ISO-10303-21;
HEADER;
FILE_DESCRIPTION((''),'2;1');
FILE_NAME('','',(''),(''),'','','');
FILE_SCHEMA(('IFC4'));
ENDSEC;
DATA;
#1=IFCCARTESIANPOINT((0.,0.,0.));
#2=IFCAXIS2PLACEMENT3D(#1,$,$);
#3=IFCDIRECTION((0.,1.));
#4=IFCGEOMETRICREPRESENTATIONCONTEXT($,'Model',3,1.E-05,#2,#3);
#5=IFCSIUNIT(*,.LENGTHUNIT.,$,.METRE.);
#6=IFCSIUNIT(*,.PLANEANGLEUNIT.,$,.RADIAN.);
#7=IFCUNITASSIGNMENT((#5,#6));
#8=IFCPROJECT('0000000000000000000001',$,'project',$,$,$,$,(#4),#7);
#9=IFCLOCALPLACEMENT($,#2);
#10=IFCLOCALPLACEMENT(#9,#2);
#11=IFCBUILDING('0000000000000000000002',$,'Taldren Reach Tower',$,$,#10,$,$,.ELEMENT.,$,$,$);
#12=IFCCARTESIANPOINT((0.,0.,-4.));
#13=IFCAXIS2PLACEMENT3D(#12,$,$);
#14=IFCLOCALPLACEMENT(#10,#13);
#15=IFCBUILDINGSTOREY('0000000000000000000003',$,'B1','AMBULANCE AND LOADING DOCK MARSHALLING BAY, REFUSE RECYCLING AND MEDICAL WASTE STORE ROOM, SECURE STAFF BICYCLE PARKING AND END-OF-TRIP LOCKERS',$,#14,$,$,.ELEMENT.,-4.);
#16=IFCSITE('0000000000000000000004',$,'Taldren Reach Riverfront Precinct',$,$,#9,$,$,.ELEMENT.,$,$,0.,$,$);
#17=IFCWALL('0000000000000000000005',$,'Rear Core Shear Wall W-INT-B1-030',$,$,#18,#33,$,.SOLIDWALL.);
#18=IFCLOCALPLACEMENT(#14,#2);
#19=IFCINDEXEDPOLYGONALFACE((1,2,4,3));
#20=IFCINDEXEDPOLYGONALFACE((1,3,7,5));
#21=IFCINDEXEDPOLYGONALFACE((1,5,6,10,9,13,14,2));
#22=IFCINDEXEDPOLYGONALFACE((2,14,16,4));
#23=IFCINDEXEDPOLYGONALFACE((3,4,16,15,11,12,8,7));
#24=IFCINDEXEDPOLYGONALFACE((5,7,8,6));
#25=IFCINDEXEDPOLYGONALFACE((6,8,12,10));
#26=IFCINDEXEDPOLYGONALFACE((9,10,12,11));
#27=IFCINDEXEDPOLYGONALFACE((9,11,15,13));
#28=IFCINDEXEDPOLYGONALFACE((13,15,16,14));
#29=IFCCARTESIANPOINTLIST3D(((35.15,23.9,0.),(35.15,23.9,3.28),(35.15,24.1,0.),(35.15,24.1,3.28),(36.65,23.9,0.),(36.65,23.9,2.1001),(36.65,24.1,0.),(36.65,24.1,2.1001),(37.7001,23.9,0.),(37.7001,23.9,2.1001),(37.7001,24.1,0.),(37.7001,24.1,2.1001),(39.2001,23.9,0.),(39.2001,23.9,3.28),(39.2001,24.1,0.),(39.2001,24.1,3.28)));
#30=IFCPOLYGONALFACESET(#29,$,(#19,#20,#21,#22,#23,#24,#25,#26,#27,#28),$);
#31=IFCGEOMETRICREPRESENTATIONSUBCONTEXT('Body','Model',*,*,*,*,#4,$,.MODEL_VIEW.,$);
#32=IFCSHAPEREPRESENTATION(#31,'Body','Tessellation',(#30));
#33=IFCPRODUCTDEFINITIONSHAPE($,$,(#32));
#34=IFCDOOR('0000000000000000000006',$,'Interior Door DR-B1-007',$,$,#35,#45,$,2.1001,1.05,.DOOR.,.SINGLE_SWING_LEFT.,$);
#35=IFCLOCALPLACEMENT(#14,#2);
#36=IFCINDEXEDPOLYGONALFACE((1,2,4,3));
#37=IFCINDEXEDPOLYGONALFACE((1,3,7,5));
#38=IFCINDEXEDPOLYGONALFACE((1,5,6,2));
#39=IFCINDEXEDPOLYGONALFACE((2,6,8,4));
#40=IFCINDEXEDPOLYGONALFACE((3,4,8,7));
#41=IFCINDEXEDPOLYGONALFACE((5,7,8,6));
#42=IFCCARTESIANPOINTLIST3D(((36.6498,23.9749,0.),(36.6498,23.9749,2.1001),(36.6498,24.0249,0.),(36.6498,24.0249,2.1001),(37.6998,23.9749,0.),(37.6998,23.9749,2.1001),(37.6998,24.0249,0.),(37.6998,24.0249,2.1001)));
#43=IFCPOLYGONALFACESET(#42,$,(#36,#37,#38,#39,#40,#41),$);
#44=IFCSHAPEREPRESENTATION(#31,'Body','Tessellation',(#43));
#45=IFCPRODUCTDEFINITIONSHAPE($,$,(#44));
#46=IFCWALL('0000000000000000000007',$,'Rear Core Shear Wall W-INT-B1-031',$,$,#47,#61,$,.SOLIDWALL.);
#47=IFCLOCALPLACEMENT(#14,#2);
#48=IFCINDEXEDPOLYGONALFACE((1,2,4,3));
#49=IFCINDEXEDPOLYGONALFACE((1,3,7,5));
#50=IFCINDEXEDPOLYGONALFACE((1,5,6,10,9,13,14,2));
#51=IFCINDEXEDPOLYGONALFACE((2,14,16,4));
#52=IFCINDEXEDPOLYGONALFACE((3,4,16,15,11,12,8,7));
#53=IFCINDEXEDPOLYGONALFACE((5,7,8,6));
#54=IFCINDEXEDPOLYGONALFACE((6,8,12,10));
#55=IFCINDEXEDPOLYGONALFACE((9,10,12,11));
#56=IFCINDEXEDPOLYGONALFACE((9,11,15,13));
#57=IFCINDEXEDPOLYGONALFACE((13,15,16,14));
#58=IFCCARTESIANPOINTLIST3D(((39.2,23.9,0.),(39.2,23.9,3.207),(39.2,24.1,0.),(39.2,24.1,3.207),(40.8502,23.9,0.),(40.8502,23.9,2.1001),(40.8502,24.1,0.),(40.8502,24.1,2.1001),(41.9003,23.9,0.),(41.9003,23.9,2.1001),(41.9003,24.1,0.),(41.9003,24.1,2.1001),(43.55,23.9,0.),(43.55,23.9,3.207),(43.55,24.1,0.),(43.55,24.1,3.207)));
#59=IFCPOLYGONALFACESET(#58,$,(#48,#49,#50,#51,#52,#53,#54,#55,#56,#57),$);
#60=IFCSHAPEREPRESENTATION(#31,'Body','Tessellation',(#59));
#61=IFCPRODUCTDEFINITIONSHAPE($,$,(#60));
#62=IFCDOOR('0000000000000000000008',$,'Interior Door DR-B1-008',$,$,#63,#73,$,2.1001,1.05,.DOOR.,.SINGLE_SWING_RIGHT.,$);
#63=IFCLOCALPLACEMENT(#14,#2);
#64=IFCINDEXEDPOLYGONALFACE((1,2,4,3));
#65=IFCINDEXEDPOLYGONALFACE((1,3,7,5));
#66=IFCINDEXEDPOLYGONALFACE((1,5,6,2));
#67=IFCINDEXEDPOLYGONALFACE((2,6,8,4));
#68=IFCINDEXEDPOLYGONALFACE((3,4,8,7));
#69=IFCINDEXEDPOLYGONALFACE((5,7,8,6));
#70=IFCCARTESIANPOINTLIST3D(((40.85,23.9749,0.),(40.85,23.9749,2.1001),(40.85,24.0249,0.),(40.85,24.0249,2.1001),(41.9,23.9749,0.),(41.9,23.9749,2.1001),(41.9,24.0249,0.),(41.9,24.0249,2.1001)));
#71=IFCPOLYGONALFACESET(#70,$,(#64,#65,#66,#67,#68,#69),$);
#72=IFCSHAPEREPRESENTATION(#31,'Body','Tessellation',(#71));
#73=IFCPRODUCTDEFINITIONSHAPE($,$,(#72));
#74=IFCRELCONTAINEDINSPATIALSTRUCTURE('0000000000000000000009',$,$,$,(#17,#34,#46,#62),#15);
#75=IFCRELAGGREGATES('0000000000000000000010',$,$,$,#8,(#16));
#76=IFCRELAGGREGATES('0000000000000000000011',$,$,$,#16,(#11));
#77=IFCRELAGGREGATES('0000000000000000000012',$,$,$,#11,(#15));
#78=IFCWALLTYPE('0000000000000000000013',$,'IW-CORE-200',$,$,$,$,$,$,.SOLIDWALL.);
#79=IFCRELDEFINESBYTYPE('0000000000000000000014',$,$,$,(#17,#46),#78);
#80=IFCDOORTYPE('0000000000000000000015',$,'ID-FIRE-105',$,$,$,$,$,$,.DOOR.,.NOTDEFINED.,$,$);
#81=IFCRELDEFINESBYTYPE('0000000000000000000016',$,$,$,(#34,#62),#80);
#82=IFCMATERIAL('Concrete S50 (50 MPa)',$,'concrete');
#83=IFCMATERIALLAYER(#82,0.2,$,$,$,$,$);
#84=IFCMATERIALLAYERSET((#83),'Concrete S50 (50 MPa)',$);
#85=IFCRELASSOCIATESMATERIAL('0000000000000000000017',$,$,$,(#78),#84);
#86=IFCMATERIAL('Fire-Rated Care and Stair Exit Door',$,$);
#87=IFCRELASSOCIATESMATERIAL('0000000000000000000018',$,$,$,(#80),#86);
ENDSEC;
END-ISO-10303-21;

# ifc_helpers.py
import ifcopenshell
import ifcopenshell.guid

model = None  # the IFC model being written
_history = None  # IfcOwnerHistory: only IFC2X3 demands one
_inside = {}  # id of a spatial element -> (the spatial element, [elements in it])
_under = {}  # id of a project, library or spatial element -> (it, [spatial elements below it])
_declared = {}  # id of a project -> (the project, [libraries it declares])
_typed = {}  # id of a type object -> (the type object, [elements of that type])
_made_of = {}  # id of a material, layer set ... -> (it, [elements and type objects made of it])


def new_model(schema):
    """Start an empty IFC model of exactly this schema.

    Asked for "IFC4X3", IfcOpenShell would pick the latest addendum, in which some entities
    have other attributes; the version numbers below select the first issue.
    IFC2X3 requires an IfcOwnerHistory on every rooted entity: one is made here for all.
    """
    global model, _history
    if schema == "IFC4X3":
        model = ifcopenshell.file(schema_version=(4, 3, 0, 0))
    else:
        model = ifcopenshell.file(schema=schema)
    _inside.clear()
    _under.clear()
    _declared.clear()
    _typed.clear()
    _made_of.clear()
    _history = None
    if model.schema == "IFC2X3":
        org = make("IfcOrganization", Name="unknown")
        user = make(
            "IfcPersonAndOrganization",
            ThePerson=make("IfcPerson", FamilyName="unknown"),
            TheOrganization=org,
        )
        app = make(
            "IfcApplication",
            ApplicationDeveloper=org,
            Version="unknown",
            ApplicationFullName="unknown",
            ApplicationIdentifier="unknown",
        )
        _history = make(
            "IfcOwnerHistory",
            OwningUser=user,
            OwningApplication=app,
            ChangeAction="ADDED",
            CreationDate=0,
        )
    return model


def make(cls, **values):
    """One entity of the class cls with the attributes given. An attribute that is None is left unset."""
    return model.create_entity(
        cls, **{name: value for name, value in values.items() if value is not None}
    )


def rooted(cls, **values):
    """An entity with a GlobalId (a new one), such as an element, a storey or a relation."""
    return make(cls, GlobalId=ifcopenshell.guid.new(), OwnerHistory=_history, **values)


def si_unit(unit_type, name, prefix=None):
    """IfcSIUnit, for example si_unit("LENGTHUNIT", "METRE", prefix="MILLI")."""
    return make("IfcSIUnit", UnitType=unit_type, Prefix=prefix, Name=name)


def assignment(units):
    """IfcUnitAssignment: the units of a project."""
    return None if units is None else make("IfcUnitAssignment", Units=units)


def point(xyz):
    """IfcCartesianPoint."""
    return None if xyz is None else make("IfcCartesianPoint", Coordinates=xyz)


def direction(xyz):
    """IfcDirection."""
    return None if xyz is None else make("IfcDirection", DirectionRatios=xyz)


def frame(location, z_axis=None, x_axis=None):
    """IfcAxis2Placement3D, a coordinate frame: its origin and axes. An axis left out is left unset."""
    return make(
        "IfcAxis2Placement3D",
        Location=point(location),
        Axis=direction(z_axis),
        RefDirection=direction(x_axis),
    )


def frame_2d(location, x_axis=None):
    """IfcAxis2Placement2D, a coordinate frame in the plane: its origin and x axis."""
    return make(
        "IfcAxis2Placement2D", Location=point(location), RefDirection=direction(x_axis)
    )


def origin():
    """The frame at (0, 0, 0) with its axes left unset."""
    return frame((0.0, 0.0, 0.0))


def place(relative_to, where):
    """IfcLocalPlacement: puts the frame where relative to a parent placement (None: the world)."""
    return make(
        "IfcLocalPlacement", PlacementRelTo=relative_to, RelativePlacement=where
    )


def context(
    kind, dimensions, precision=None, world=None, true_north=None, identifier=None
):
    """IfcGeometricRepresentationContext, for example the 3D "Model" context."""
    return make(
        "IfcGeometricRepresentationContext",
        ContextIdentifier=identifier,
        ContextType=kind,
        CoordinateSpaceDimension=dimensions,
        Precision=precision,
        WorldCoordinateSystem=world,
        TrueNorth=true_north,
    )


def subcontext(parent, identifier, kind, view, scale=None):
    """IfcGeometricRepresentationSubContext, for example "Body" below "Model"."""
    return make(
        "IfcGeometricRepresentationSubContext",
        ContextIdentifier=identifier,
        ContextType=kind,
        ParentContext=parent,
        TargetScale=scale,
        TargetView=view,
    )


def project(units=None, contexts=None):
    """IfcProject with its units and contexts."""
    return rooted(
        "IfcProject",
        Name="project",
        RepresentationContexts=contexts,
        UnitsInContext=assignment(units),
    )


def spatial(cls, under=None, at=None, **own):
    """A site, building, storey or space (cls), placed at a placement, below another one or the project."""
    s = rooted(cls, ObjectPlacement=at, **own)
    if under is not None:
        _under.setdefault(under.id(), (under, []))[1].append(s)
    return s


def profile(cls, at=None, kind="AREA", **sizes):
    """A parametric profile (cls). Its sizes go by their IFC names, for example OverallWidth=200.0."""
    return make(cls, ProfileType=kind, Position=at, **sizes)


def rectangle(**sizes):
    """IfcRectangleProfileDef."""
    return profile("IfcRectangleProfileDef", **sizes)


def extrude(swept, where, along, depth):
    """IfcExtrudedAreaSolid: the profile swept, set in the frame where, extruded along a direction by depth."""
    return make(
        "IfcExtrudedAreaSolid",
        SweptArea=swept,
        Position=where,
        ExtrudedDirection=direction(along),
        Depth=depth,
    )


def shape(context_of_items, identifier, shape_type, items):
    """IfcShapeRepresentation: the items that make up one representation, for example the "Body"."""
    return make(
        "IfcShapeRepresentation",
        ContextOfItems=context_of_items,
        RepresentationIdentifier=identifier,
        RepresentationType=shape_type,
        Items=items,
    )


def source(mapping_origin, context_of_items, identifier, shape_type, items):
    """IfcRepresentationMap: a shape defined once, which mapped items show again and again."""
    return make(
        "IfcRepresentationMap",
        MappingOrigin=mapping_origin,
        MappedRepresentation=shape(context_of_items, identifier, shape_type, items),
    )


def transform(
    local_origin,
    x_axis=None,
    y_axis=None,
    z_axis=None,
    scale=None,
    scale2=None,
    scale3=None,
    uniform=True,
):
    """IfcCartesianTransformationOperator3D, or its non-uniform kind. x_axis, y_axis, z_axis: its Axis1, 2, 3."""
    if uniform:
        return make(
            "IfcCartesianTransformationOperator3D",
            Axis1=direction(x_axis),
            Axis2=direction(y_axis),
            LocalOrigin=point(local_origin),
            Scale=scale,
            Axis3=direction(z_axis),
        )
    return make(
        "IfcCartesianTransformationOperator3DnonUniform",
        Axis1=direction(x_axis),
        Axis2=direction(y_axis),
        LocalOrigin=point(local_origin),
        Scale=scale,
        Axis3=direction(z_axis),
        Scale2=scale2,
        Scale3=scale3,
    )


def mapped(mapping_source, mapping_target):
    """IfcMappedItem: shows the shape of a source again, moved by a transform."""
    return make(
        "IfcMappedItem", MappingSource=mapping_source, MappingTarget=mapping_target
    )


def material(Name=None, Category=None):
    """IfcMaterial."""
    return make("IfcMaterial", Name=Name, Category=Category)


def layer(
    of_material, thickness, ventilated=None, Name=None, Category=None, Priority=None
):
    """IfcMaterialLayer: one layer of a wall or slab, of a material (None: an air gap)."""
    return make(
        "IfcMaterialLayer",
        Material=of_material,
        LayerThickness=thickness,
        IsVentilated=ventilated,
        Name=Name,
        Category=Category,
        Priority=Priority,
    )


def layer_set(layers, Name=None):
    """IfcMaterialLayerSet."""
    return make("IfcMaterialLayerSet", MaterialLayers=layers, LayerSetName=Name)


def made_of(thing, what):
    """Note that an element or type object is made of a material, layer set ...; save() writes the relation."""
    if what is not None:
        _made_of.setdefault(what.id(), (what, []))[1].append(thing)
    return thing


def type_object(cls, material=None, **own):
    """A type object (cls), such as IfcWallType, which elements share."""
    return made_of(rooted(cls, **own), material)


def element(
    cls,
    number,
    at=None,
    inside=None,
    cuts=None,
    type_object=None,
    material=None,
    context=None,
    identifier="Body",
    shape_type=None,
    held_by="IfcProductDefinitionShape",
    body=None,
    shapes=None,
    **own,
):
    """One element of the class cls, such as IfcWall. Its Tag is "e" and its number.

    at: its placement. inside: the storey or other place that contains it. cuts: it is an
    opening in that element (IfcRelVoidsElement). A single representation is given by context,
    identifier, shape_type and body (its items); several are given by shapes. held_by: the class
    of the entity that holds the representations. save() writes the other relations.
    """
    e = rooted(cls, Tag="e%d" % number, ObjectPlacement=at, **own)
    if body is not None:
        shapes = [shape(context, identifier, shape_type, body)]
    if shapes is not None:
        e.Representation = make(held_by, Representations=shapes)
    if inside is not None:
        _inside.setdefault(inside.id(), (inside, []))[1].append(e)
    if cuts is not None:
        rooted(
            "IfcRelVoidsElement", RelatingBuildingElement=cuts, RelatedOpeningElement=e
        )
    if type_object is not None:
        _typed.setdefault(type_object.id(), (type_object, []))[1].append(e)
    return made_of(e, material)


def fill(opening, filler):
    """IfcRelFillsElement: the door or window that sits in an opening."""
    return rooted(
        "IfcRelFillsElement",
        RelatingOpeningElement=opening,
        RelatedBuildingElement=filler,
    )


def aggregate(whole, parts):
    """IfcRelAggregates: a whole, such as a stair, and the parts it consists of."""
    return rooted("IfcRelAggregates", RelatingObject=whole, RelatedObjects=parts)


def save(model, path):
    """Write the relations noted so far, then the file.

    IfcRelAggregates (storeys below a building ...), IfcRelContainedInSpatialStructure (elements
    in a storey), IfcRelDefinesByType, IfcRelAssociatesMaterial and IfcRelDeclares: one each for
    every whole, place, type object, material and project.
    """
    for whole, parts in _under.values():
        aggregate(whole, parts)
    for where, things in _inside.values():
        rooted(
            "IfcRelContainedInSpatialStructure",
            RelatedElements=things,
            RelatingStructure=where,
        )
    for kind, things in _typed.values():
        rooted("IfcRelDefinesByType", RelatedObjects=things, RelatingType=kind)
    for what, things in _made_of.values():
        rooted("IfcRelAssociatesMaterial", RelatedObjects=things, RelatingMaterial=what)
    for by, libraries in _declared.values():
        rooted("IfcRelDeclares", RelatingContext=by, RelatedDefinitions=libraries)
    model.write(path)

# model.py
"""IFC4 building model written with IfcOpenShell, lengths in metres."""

from ifc_helpers import new_model, si_unit, direction, frame, frame_2d, origin, place, context, subcontext, project, spatial, rectangle, extrude, source, transform, mapped, material, layer, layer_set, type_object, element, fill, save


model = new_model("IFC4")

# Units and contexts
model_context = context("Model", 3, precision=1e-05, world=origin(), true_north=direction((0.0, 1.0)))
body_context = subcontext(model_context, "Body", "Model", "MODEL_VIEW")
ifc_project = project(units=[si_unit("LENGTHUNIT", "METRE"), si_unit("PLANEANGLEUNIT", "RADIAN")], contexts=[model_context])

# Site, building, storey
site_placement = place(None, origin())
site = spatial("IfcSite", under=ifc_project, at=site_placement, Name="Taldren Reach Riverfront Precinct", CompositionType="ELEMENT", RefElevation=0.0)
building_placement = place(site_placement, origin())
building = spatial("IfcBuilding", under=site, at=building_placement, Name="Taldren Reach Tower", CompositionType="ELEMENT")
storey_placement = place(building_placement, frame((0.0, 0.0, -4.0)))
storey = spatial("IfcBuildingStorey", under=building, at=storey_placement, Name="B1", Description="AMBULANCE AND LOADING DOCK MARSHALLING BAY, REFUSE RECYCLING AND MEDICAL WASTE STORE ROOM, SECURE STAFF BICYCLE PARKING AND END-OF-TRIP LOCKERS", CompositionType="ELEMENT", Elevation=-4.0)

# Shared definitions
ifc_material_1 = material(Name="Concrete S50 (50 MPa)", Category="concrete")
ifc_layer_1 = layer(ifc_material_1, 0.2)
ifc_layer_set_1 = layer_set([ifc_layer_1], Name="Concrete S50 (50 MPa)")
wall_type_1 = type_object("IfcWallType", Name="IW-CORE-200", PredefinedType="SOLIDWALL", material=ifc_layer_set_1)

# Walls, openings, doors
shared_shape_1 = source(origin(), body_context, "Body", "SweptSolid", [
    extrude(rectangle(XDim=1.05, YDim=2.1001, at=frame_2d((0.5249, 1.05))), frame((0.0, 0.1099, 0.0), z_axis=(0.0, -1.0, 0.0), x_axis=(1.0, 0.0, 0.0)), (0.0, 0.0, 1.0), 0.22),
])
ifc_material_2 = material(Name="Fire-Rated Care and Stair Exit Door")
door_type = type_object("IfcDoorType", Name="ID-FIRE-105", OperationType="NOTDEFINED", PredefinedType="DOOR", material=ifc_material_2)
shared_shape_2 = source(origin(), body_context, "Body", "SweptSolid", [
    extrude(rectangle(XDim=1.05, YDim=2.1001, at=frame_2d((0.5249, 1.05))), frame((0.0, 0.0249, 0.0), z_axis=(0.0, -1.0, 0.0), x_axis=(1.0, 0.0, 0.0)), (0.0, 0.0, 1.0), 0.05),
])
shared_shape_3 = source(origin(), body_context, "Body", "SweptSolid", [
    extrude(rectangle(XDim=4.05, YDim=0.2, at=frame_2d((2.0249, 0.0))), origin(), (0.0, 0.0, 1.0), 3.28),
])
wall_1_placement = place(storey_placement, frame((39.2, 24.0, 0.0), z_axis=(0.0, 0.0, 1.0), x_axis=(-1.0, 0.0, 0.0)))
wall_1 = element("IfcWall", 1, at=wall_1_placement, inside=storey, type_object=wall_type_1, Name="Rear Core Shear Wall W-INT-B1-030", PredefinedType="SOLIDWALL", context=body_context, shape_type="MappedRepresentation", body=[
    mapped(shared_shape_3, transform((0.0, 0.0, 0.0), scale=1.0)),
])
opening_1_placement = place(wall_1_placement, frame((1.5, 0.0, 0.0)))
opening_1 = element("IfcOpeningElement", 2, at=opening_1_placement, cuts=wall_1, PredefinedType="OPENING", context=body_context, shape_type="MappedRepresentation", body=[
    mapped(shared_shape_1, transform((0.0, 0.0, 0.0), scale=1.0)),
])
door_1_placement = place(opening_1_placement, frame((1.05, 0.0, 0.0), z_axis=(0.0, 0.0, 1.0), x_axis=(-1.0, 0.0, 0.0)))
door_1 = element("IfcDoor", 3, at=door_1_placement, inside=storey, type_object=door_type, Name="Interior Door DR-B1-007", OperationType="SINGLE_SWING_LEFT", OverallHeight=2.1001, OverallWidth=1.05, PredefinedType="DOOR", context=body_context, shape_type="MappedRepresentation", body=[
    mapped(shared_shape_2, transform((0.0, 0.0, 0.0), scale=1.0)),
])
fill(opening_1, door_1)
shared_shape_4 = source(origin(), body_context, "Body", "SweptSolid", [
    extrude(rectangle(XDim=4.3501, YDim=0.2, at=frame_2d((2.175, 0.0))), origin(), (0.0, 0.0, 1.0), 3.207),
])
wall_2_placement = place(storey_placement, frame((43.55, 24.0, 0.0), z_axis=(0.0, 0.0, 1.0), x_axis=(-1.0, 0.0, 0.0)))
wall_2 = element("IfcWall", 4, at=wall_2_placement, inside=storey, type_object=wall_type_1, Name="Rear Core Shear Wall W-INT-B1-031", PredefinedType="SOLIDWALL", context=body_context, shape_type="MappedRepresentation", body=[
    mapped(shared_shape_4, transform((0.0, 0.0, 0.0), scale=1.0)),
])
opening_2_placement = place(wall_2_placement, frame((1.6499, 0.0, 0.0)))
opening_2 = element("IfcOpeningElement", 5, at=opening_2_placement, cuts=wall_2, PredefinedType="OPENING", context=body_context, shape_type="MappedRepresentation", body=[
    mapped(shared_shape_1, transform((0.0, 0.0, 0.0), scale=1.0)),
])
door_2_placement = place(opening_2_placement, frame((1.05, 0.0, 0.0), z_axis=(0.0, 0.0, 1.0), x_axis=(-1.0, 0.0, 0.0)))
door_2 = element("IfcDoor", 6, at=door_2_placement, inside=storey, type_object=door_type, Name="Interior Door DR-B1-008", OperationType="SINGLE_SWING_RIGHT", OverallHeight=2.1001, OverallWidth=1.05, PredefinedType="DOOR", context=body_context, shape_type="MappedRepresentation", body=[
    mapped(shared_shape_2, transform((0.0, 0.0, 0.0), scale=1.0)),
])
fill(opening_2, door_2)

save(model, "model.ifc")
